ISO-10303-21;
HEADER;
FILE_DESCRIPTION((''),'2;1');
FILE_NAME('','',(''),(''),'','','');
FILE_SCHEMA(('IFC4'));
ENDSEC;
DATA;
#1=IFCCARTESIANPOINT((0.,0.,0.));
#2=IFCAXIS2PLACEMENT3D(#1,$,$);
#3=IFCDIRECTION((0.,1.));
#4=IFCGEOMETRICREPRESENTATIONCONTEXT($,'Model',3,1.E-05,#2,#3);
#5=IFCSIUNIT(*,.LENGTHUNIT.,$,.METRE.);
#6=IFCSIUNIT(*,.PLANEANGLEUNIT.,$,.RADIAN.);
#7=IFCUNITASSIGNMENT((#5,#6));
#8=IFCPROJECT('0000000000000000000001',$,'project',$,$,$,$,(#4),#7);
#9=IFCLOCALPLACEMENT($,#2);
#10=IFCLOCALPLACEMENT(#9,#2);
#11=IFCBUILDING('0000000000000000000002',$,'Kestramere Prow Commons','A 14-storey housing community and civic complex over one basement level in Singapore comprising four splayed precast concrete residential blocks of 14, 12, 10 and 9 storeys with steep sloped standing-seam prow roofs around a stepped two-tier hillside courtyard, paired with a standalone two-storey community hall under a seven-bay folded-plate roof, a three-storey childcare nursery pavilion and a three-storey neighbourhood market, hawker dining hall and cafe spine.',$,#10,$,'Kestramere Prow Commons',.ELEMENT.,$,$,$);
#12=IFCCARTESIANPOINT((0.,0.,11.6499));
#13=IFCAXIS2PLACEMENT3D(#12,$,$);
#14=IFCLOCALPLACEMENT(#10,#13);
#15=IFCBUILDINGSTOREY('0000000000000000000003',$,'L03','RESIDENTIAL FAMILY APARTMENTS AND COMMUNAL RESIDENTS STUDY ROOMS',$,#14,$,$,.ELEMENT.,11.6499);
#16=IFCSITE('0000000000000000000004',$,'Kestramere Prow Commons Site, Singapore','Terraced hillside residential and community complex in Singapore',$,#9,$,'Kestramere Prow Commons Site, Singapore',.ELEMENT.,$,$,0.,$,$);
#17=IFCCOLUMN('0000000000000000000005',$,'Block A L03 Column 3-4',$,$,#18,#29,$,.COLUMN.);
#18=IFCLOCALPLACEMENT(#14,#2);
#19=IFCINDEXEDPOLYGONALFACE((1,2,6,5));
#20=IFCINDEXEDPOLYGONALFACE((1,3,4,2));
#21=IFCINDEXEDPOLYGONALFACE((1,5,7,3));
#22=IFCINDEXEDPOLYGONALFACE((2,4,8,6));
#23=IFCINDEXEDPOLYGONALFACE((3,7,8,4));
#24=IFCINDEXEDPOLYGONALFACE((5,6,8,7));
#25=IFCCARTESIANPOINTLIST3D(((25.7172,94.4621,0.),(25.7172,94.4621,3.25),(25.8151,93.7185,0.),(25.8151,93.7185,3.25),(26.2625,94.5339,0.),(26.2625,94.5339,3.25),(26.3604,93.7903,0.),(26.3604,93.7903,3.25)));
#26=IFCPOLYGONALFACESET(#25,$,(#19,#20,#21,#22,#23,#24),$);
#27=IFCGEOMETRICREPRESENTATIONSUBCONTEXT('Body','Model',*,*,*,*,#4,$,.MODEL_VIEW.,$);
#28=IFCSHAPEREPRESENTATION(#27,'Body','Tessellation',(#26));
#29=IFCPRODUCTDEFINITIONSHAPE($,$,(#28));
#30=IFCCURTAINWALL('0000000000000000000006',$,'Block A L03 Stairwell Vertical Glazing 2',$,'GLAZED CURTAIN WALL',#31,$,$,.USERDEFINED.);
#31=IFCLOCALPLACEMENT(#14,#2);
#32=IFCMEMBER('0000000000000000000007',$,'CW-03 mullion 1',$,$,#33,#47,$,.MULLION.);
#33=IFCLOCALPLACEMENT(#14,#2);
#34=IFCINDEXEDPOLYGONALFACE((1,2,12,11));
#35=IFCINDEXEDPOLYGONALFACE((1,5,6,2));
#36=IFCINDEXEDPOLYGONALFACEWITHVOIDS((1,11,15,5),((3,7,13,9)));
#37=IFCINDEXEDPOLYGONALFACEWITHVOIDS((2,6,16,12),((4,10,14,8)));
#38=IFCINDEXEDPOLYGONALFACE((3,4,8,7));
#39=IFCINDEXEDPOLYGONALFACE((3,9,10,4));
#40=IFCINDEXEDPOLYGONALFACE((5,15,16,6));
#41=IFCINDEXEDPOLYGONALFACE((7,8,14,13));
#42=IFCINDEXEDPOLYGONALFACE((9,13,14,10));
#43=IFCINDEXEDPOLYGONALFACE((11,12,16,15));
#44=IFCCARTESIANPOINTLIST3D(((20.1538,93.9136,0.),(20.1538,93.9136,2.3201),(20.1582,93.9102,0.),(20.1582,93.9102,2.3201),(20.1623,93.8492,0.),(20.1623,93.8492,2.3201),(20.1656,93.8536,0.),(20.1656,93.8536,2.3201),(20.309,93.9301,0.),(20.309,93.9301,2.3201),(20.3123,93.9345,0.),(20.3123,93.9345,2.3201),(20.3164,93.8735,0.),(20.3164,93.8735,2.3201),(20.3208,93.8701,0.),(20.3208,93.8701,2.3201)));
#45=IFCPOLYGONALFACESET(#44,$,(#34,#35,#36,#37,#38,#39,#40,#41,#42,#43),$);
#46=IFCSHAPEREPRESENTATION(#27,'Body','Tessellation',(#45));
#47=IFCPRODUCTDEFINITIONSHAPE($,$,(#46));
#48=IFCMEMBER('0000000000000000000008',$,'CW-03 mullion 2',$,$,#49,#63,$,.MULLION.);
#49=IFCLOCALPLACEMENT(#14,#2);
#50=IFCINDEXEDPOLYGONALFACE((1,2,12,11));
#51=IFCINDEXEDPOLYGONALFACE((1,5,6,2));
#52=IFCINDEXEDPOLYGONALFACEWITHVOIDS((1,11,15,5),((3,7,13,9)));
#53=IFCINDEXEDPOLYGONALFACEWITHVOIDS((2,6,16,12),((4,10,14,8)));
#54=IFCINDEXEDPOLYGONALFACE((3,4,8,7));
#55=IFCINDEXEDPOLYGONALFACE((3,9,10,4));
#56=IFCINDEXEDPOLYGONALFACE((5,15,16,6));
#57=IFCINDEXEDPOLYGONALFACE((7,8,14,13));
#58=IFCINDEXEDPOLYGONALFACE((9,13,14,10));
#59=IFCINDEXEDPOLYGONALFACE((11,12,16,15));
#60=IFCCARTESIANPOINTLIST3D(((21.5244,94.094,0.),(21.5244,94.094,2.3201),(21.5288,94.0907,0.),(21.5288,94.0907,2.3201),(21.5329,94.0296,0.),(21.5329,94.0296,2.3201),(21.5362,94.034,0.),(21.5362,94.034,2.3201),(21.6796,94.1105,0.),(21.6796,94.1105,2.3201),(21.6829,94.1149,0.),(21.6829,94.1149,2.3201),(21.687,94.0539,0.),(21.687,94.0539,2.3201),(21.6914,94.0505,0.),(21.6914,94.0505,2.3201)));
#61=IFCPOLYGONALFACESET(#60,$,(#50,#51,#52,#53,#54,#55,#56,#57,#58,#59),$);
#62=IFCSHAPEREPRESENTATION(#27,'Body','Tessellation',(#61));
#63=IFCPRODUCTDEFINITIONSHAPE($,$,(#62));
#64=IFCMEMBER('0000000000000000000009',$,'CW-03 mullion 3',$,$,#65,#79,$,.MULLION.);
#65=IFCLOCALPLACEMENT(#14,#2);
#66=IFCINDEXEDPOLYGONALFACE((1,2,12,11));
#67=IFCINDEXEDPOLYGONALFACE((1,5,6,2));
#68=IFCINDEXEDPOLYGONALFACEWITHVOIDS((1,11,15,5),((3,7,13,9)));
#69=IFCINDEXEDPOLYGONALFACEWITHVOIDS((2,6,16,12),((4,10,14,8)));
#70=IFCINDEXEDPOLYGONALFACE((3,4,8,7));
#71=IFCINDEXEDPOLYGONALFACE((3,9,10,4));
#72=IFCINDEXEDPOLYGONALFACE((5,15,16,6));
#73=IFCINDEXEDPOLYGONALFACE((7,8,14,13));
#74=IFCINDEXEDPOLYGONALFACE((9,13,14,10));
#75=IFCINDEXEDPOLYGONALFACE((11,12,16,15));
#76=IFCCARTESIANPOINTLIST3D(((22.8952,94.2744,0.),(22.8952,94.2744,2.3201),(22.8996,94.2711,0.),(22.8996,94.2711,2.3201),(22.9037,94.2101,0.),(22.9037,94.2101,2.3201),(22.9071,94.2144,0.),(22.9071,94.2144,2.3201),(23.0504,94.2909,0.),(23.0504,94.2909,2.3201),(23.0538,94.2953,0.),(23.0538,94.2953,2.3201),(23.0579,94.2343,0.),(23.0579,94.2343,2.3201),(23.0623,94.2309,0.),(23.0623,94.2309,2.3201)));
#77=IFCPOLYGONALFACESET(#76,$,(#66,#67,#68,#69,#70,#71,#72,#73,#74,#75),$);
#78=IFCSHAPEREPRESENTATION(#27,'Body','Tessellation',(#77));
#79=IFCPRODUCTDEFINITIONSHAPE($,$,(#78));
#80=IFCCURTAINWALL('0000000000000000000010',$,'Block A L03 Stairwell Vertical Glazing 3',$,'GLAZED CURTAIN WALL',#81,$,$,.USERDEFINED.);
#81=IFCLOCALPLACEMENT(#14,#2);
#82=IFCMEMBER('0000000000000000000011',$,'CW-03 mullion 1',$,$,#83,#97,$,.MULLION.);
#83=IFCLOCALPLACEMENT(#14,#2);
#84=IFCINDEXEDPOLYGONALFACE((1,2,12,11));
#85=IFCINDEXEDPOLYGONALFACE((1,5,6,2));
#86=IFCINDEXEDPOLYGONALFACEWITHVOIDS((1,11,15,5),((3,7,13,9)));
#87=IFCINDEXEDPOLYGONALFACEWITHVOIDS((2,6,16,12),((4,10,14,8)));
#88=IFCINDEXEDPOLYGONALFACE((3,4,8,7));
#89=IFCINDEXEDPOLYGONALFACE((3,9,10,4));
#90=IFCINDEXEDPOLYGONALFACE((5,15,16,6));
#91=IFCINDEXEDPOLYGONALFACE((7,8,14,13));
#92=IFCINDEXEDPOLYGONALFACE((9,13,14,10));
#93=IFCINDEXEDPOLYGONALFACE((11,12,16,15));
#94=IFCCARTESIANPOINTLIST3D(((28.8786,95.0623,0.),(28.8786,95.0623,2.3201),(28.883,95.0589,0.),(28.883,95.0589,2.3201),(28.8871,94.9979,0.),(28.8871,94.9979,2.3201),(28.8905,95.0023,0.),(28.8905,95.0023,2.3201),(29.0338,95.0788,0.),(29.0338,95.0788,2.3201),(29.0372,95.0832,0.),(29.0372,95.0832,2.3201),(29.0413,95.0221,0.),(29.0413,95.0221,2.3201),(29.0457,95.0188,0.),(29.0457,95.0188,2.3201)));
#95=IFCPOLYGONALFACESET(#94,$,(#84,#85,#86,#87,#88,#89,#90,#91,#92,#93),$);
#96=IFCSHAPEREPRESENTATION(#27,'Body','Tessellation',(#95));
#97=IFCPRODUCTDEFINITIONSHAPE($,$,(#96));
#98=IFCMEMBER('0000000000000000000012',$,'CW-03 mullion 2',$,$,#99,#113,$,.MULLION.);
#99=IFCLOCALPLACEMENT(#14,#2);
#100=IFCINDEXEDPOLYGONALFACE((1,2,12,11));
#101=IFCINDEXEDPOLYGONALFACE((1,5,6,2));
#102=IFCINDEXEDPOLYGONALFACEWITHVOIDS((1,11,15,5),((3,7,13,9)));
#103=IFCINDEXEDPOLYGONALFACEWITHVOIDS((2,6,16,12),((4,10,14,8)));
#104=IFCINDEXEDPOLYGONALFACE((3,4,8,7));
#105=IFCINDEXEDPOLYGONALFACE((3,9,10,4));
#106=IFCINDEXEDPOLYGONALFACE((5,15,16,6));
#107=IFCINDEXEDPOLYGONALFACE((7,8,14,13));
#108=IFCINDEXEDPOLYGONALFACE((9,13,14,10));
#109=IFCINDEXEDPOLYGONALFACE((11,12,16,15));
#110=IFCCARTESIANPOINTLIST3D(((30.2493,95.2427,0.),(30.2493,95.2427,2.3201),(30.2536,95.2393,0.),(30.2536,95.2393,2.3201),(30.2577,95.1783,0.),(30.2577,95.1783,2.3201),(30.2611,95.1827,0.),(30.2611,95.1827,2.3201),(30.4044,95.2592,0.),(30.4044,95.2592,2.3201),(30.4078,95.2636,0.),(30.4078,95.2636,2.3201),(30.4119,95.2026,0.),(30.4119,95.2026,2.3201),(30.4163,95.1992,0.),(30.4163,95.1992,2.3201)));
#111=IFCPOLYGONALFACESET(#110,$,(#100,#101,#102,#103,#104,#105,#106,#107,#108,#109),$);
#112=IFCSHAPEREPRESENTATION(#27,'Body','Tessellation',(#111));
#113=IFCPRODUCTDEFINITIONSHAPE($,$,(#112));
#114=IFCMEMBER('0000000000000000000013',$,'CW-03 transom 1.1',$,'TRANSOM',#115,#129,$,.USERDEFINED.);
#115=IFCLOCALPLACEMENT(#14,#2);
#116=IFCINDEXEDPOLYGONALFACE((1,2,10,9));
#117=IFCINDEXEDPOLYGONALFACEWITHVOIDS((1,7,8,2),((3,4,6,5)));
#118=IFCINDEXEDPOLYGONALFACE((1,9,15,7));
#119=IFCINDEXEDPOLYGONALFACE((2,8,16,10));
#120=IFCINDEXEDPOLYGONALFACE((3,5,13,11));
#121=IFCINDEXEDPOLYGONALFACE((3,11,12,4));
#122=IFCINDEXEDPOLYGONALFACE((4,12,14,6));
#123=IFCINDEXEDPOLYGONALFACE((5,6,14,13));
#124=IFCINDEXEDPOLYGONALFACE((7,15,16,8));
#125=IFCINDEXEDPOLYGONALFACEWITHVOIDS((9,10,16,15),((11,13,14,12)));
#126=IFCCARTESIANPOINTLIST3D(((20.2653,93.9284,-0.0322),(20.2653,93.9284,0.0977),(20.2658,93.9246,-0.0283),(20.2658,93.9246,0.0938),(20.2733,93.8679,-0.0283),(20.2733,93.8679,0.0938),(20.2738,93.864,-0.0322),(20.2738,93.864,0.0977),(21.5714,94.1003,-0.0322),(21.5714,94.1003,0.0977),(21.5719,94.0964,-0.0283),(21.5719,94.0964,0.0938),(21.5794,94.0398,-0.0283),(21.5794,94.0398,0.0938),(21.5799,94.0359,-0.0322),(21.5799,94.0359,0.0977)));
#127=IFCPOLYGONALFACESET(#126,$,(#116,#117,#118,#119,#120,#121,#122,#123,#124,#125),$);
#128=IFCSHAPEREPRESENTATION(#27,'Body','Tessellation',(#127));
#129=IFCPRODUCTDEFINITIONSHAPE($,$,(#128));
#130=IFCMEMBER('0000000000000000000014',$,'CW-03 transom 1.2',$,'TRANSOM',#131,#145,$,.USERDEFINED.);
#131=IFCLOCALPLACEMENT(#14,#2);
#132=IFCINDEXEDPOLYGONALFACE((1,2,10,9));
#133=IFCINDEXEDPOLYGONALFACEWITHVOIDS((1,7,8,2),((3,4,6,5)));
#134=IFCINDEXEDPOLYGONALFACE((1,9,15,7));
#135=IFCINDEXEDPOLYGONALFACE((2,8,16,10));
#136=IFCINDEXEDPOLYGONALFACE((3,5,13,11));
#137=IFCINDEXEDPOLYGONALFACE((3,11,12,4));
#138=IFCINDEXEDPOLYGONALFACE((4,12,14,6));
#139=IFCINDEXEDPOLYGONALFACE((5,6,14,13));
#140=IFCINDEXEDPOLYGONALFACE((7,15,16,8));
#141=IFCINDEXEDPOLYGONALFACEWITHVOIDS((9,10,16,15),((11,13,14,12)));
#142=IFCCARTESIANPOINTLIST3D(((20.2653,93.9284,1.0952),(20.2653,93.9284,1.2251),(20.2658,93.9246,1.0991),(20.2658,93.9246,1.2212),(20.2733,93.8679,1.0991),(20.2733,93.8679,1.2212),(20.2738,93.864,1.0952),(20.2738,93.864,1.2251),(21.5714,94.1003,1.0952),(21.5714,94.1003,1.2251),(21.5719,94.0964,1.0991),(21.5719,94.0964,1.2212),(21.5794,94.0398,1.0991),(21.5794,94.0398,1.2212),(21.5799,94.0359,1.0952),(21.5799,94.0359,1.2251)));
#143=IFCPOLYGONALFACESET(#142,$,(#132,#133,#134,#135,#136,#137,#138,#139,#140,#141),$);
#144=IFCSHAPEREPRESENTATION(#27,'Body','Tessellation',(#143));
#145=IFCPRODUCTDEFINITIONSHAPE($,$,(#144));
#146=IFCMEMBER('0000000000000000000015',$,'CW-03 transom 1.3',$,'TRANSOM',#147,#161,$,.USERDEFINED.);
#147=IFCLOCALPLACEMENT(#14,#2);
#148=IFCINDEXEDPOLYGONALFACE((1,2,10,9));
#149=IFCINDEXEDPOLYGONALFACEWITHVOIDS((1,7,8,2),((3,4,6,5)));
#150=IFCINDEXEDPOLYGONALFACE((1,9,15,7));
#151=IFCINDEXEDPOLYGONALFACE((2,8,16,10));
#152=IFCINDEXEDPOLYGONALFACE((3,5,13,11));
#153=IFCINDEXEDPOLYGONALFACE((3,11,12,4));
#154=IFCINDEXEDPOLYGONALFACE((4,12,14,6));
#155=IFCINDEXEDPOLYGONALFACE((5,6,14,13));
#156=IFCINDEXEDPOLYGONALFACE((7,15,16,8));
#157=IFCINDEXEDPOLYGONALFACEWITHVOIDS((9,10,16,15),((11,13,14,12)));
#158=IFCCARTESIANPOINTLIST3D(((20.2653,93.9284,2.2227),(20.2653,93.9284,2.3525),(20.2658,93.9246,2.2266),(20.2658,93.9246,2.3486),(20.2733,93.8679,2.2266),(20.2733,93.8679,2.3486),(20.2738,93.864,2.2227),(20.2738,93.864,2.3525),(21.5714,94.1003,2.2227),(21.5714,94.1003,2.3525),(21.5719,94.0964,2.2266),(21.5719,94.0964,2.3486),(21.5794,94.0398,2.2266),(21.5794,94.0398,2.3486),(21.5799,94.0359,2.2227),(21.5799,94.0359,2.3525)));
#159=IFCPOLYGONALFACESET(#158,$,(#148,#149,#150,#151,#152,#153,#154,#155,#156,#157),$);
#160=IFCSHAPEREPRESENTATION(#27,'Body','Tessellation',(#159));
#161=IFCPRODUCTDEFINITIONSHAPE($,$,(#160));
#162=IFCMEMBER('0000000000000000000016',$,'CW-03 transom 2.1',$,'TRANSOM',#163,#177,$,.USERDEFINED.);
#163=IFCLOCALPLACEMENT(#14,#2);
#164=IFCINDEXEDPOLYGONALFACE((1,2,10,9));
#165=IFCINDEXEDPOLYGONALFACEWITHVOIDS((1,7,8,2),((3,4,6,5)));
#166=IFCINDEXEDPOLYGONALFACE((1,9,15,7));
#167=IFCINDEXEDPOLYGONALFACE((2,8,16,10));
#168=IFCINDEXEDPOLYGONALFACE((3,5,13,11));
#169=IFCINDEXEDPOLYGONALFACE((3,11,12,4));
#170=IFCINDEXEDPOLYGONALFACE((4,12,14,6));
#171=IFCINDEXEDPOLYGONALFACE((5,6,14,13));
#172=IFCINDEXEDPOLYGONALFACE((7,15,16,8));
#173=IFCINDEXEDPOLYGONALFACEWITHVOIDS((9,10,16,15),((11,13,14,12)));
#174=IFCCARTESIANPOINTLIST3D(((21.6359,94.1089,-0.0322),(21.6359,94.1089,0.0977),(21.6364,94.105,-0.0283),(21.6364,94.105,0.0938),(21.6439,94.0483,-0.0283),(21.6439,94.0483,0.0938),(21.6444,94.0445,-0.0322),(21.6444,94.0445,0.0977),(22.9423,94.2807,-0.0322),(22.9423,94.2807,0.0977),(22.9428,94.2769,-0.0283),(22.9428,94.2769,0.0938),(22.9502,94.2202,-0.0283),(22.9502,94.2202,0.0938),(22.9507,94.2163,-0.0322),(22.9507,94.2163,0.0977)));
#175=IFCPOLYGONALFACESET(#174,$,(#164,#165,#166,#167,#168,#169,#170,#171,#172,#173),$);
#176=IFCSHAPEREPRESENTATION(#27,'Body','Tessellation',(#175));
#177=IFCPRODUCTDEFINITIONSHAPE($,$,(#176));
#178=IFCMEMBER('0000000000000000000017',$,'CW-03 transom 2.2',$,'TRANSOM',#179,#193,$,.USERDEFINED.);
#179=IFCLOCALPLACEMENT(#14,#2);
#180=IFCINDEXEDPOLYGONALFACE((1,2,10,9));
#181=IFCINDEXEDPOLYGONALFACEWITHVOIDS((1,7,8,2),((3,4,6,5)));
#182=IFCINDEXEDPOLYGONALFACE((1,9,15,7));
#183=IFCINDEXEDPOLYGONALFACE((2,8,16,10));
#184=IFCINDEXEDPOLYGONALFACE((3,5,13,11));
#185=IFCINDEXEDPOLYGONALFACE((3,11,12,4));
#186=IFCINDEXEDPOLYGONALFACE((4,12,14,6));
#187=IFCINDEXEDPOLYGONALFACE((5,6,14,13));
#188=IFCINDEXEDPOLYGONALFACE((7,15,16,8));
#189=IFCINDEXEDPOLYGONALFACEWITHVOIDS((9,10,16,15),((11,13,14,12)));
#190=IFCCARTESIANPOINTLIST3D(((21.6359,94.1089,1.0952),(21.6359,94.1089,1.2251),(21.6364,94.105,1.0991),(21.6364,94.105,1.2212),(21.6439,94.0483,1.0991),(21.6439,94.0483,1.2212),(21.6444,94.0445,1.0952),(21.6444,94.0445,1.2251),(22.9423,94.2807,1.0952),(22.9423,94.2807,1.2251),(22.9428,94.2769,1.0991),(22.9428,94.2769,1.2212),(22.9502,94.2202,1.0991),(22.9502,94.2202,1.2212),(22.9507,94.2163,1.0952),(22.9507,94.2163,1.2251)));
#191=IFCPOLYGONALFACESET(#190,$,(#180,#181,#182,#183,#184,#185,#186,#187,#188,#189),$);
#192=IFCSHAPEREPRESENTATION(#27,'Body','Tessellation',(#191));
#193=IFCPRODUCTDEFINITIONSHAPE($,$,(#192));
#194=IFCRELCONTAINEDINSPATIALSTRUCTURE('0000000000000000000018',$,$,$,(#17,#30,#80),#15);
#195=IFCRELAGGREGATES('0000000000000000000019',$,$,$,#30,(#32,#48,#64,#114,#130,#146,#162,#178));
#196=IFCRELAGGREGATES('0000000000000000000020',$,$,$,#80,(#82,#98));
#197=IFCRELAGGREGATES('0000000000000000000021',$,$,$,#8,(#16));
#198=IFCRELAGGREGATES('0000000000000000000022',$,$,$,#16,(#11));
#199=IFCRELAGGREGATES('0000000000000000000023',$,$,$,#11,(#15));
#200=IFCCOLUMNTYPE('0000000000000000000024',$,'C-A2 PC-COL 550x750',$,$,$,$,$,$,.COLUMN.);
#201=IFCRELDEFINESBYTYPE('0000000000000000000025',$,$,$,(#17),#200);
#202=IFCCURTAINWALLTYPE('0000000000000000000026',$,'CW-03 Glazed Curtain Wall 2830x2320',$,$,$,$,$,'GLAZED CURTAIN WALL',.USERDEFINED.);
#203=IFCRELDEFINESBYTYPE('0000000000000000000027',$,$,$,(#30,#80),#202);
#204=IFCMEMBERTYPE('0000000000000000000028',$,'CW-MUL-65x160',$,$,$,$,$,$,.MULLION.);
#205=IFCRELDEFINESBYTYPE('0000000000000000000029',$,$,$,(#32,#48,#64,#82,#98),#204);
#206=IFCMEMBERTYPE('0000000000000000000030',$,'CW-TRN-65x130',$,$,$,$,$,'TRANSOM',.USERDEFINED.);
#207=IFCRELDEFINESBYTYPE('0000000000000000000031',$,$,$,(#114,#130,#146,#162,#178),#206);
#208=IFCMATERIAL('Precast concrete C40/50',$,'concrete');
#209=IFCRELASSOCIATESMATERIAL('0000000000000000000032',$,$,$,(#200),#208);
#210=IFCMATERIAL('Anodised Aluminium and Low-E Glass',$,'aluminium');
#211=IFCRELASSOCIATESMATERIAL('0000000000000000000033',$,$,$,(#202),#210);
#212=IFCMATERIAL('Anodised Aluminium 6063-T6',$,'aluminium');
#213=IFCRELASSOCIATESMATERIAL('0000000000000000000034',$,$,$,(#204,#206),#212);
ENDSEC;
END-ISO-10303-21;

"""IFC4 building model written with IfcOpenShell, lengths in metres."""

from ifc_helpers import new_model, si_unit, direction, frame, origin, origin_2d, place, context, subcontext, project, spatial, rectangle, hollow_rectangle, extrude, material, material_profile, profile_set, type_object, element, aggregate, save


model = new_model("IFC4")

# Units and contexts
model_context = context("Model", 3, precision=1e-05, world=origin(), true_north=direction((0.0, 1.0)))
body_context = subcontext(model_context, "Body", "Model", "MODEL_VIEW")
ifc_project = project(units=[si_unit("LENGTHUNIT", "METRE"), si_unit("PLANEANGLEUNIT", "RADIAN")], contexts=[model_context])

# Site, building, storey
site_placement = place(None, origin())
site = spatial("IfcSite", under=ifc_project, at=site_placement, Name="Kestramere Prow Commons Site, Singapore", Description="Terraced hillside residential and community complex in Singapore", LongName="Kestramere Prow Commons Site, Singapore", CompositionType="ELEMENT", RefElevation=0.0)
building_placement = place(site_placement, origin())
building = spatial("IfcBuilding", under=site, at=building_placement, Name="Kestramere Prow Commons", Description="A 14-storey housing community and civic complex over one basement level in Singapore comprising four splayed precast concrete residential blocks of 14, 12, 10 and 9 storeys with steep sloped standing-seam prow roofs around a stepped two-tier hillside courtyard, paired with a standalone two-storey community hall under a seven-bay folded-plate roof, a three-storey childcare nursery pavilion and a three-storey neighbourhood market, hawker dining hall and cafe spine.", LongName="Kestramere Prow Commons", CompositionType="ELEMENT")
storey_placement = place(building_placement, frame((0.0, 0.0, 11.6499)))
storey = spatial("IfcBuildingStorey", under=building, at=storey_placement, Name="L03", Description="RESIDENTIAL FAMILY APARTMENTS AND COMMUNAL RESIDENTS STUDY ROOMS", CompositionType="ELEMENT", Elevation=11.6499)

# Column
ifc_material_1 = material(Name="Precast concrete C40/50", Category="concrete")
ifc_material_profile_1 = material_profile(ifc_material_1, rectangle(XDim=0.55, YDim=0.75, at=origin_2d()), Name="PC-COL 550x750")
ifc_profile_set_1 = profile_set([ifc_material_profile_1], Name="Precast concrete C40/50")
column_type = type_object("IfcColumnType", Name="C-A2 PC-COL 550x750", PredefinedType="COLUMN", material=ifc_profile_set_1)
column_placement = place(storey_placement, frame((26.0388, 94.1262, 0.0), z_axis=(0.0, 0.0, 1.0), x_axis=(0.991445, 0.130526, 0.0)))
element("IfcColumn", 1, at=column_placement, inside=storey, type_object=column_type, Name="Block A L03 Column 3-4", PredefinedType="COLUMN", context=body_context, shape_type="SweptSolid", body=[
    extrude(rectangle(XDim=0.55, YDim=0.75, at=origin_2d()), origin(), (0.0, 0.0, 1.0), 3.25),
])

# Curtain walls, members
ifc_material_2 = material(Name="Anodised Aluminium and Low-E Glass", Category="aluminium")
curtain_wall_type = type_object("IfcCurtainWallType", Name="CW-03 Glazed Curtain Wall 2830x2320", ElementType="GLAZED CURTAIN WALL", PredefinedType="USERDEFINED", material=ifc_material_2)
curtain_wall_1_placement = place(storey_placement, origin())
curtain_wall_1 = element("IfcCurtainWall", 2, at=curtain_wall_1_placement, inside=storey, type_object=curtain_wall_type, Name="Block A L03 Stairwell Vertical Glazing 2", ObjectType="GLAZED CURTAIN WALL", PredefinedType="USERDEFINED")
ifc_material_3 = material(Name="Anodised Aluminium 6063-T6", Category="aluminium")
ifc_material_profile_2 = material_profile(ifc_material_3, hollow_rectangle(XDim=0.0649, YDim=0.1599, WallThickness=0.0039, at=origin_2d()), Name="ALU-MUL 65x160")
ifc_profile_set_2 = profile_set([ifc_material_profile_2], Name="Anodised Aluminium 6063-T6")
member_type_1 = type_object("IfcMemberType", Name="CW-MUL-65x160", PredefinedType="MULLION", material=ifc_profile_set_2)
member_1_placement = place(storey_placement, frame((20.2373, 93.8918, 0.0), z_axis=(0.0, 0.0, 1.0), x_axis=(-0.130526, 0.991445, 0.0)))
member_1 = element("IfcMember", 3, at=member_1_placement, type_object=member_type_1, Name="CW-03 mullion 1", PredefinedType="MULLION", context=body_context, shape_type="SweptSolid", body=[
    extrude(hollow_rectangle(XDim=0.0649, YDim=0.1599, WallThickness=0.0039, at=origin_2d()), origin(), (0.0, 0.0, 1.0), 2.3201),
])
member_2_placement = place(storey_placement, frame((21.6079, 94.0723, 0.0), z_axis=(0.0, 0.0, 1.0), x_axis=(-0.130526, 0.991445, 0.0)))
member_2 = element("IfcMember", 4, at=member_2_placement, type_object=member_type_1, Name="CW-03 mullion 2", PredefinedType="MULLION", context=body_context, shape_type="SweptSolid", body=[
    extrude(hollow_rectangle(XDim=0.0649, YDim=0.1599, WallThickness=0.0039, at=origin_2d()), origin(), (0.0, 0.0, 1.0), 2.3201),
])
member_3_placement = place(storey_placement, frame((22.9788, 94.2527, 0.0), z_axis=(0.0, 0.0, 1.0), x_axis=(-0.130526, 0.991445, 0.0)))
member_3 = element("IfcMember", 5, at=member_3_placement, type_object=member_type_1, Name="CW-03 mullion 3", PredefinedType="MULLION", context=body_context, shape_type="SweptSolid", body=[
    extrude(hollow_rectangle(XDim=0.0649, YDim=0.1599, WallThickness=0.0039, at=origin_2d()), origin(), (0.0, 0.0, 1.0), 2.3201),
])
curtain_wall_2_placement = place(storey_placement, origin())
curtain_wall_2 = element("IfcCurtainWall", 6, at=curtain_wall_2_placement, inside=storey, type_object=curtain_wall_type, Name="Block A L03 Stairwell Vertical Glazing 3", ObjectType="GLAZED CURTAIN WALL", PredefinedType="USERDEFINED")
member_4_placement = place(storey_placement, frame((28.9622, 95.0405, 0.0), z_axis=(0.0, 0.0, 1.0), x_axis=(-0.130526, 0.991445, 0.0)))
member_4 = element("IfcMember", 7, at=member_4_placement, type_object=member_type_1, Name="CW-03 mullion 1", PredefinedType="MULLION", context=body_context, shape_type="SweptSolid", body=[
    extrude(hollow_rectangle(XDim=0.0649, YDim=0.1599, WallThickness=0.0039, at=origin_2d()), origin(), (0.0, 0.0, 1.0), 2.3201),
])
member_5_placement = place(storey_placement, frame((30.3328, 95.2209, 0.0), z_axis=(0.0, 0.0, 1.0), x_axis=(-0.130526, 0.991445, 0.0)))
member_5 = element("IfcMember", 8, at=member_5_placement, type_object=member_type_1, Name="CW-03 mullion 2", PredefinedType="MULLION", context=body_context, shape_type="SweptSolid", body=[
    extrude(hollow_rectangle(XDim=0.0649, YDim=0.1599, WallThickness=0.0039, at=origin_2d()), origin(), (0.0, 0.0, 1.0), 2.3201),
])

# Members
ifc_material_profile_3 = material_profile(ifc_material_3, hollow_rectangle(XDim=0.0649, YDim=0.1299, WallThickness=0.0039, at=origin_2d()), Name="ALU-TRN 65x130")
ifc_profile_set_3 = profile_set([ifc_material_profile_3], Name="Anodised Aluminium 6063-T6")
member_type_2 = type_object("IfcMemberType", Name="CW-TRN-65x130", ElementType="TRANSOM", PredefinedType="USERDEFINED", material=ifc_profile_set_3)
member_6_placement = place(storey_placement, frame((20.2695, 93.8962, 0.0327), z_axis=(0.991453, 0.130464, 0.0), x_axis=(-0.130464, 0.991453, 0.0)))
member_6 = element("IfcMember", 9, at=member_6_placement, type_object=member_type_2, Name="CW-03 transom 1.1", ObjectType="TRANSOM", PredefinedType="USERDEFINED", context=body_context, shape_type="SweptSolid", body=[
    extrude(hollow_rectangle(XDim=0.0649, YDim=0.1299, WallThickness=0.0039, at=origin_2d()), origin(), (0.0, 0.0, 1.0), 1.3174),
])
member_7_placement = place(storey_placement, frame((20.2695, 93.8962, 1.1602), z_axis=(0.991453, 0.130464, 0.0), x_axis=(-0.130464, 0.991453, 0.0)))
member_7 = element("IfcMember", 10, at=member_7_placement, type_object=member_type_2, Name="CW-03 transom 1.2", ObjectType="TRANSOM", PredefinedType="USERDEFINED", context=body_context, shape_type="SweptSolid", body=[
    extrude(hollow_rectangle(XDim=0.0649, YDim=0.1299, WallThickness=0.0039, at=origin_2d()), origin(), (0.0, 0.0, 1.0), 1.3174),
])
member_8_placement = place(storey_placement, frame((20.2695, 93.8962, 2.2876), z_axis=(0.991453, 0.130464, 0.0), x_axis=(-0.130464, 0.991453, 0.0)))
member_8 = element("IfcMember", 11, at=member_8_placement, type_object=member_type_2, Name="CW-03 transom 1.3", ObjectType="TRANSOM", PredefinedType="USERDEFINED", context=body_context, shape_type="SweptSolid", body=[
    extrude(hollow_rectangle(XDim=0.0649, YDim=0.1299, WallThickness=0.0039, at=origin_2d()), origin(), (0.0, 0.0, 1.0), 1.3174),
])
member_9_placement = place(storey_placement, frame((21.6401, 94.0767, 0.0327), z_axis=(0.991456, 0.13044, 0.0), x_axis=(-0.13044, 0.991456, 0.0)))
member_9 = element("IfcMember", 12, at=member_9_placement, type_object=member_type_2, Name="CW-03 transom 2.1", ObjectType="TRANSOM", PredefinedType="USERDEFINED", context=body_context, shape_type="SweptSolid", body=[
    extrude(hollow_rectangle(XDim=0.0649, YDim=0.1299, WallThickness=0.0039, at=origin_2d()), origin(), (0.0, 0.0, 1.0), 1.3176),
])
member_10_placement = place(storey_placement, frame((21.6401, 94.0767, 1.1602), z_axis=(0.991456, 0.13044, 0.0), x_axis=(-0.13044, 0.991456, 0.0)))
member_10 = element("IfcMember", 13, at=member_10_placement, type_object=member_type_2, Name="CW-03 transom 2.2", ObjectType="TRANSOM", PredefinedType="USERDEFINED", context=body_context, shape_type="SweptSolid", body=[
    extrude(hollow_rectangle(XDim=0.0649, YDim=0.1299, WallThickness=0.0039, at=origin_2d()), origin(), (0.0, 0.0, 1.0), 1.3176),
])

aggregate(curtain_wall_1, [member_1, member_2, member_3, member_6, member_7, member_8, member_9, member_10])
aggregate(curtain_wall_2, [member_4, member_5])

save(model, "model.ifc")
